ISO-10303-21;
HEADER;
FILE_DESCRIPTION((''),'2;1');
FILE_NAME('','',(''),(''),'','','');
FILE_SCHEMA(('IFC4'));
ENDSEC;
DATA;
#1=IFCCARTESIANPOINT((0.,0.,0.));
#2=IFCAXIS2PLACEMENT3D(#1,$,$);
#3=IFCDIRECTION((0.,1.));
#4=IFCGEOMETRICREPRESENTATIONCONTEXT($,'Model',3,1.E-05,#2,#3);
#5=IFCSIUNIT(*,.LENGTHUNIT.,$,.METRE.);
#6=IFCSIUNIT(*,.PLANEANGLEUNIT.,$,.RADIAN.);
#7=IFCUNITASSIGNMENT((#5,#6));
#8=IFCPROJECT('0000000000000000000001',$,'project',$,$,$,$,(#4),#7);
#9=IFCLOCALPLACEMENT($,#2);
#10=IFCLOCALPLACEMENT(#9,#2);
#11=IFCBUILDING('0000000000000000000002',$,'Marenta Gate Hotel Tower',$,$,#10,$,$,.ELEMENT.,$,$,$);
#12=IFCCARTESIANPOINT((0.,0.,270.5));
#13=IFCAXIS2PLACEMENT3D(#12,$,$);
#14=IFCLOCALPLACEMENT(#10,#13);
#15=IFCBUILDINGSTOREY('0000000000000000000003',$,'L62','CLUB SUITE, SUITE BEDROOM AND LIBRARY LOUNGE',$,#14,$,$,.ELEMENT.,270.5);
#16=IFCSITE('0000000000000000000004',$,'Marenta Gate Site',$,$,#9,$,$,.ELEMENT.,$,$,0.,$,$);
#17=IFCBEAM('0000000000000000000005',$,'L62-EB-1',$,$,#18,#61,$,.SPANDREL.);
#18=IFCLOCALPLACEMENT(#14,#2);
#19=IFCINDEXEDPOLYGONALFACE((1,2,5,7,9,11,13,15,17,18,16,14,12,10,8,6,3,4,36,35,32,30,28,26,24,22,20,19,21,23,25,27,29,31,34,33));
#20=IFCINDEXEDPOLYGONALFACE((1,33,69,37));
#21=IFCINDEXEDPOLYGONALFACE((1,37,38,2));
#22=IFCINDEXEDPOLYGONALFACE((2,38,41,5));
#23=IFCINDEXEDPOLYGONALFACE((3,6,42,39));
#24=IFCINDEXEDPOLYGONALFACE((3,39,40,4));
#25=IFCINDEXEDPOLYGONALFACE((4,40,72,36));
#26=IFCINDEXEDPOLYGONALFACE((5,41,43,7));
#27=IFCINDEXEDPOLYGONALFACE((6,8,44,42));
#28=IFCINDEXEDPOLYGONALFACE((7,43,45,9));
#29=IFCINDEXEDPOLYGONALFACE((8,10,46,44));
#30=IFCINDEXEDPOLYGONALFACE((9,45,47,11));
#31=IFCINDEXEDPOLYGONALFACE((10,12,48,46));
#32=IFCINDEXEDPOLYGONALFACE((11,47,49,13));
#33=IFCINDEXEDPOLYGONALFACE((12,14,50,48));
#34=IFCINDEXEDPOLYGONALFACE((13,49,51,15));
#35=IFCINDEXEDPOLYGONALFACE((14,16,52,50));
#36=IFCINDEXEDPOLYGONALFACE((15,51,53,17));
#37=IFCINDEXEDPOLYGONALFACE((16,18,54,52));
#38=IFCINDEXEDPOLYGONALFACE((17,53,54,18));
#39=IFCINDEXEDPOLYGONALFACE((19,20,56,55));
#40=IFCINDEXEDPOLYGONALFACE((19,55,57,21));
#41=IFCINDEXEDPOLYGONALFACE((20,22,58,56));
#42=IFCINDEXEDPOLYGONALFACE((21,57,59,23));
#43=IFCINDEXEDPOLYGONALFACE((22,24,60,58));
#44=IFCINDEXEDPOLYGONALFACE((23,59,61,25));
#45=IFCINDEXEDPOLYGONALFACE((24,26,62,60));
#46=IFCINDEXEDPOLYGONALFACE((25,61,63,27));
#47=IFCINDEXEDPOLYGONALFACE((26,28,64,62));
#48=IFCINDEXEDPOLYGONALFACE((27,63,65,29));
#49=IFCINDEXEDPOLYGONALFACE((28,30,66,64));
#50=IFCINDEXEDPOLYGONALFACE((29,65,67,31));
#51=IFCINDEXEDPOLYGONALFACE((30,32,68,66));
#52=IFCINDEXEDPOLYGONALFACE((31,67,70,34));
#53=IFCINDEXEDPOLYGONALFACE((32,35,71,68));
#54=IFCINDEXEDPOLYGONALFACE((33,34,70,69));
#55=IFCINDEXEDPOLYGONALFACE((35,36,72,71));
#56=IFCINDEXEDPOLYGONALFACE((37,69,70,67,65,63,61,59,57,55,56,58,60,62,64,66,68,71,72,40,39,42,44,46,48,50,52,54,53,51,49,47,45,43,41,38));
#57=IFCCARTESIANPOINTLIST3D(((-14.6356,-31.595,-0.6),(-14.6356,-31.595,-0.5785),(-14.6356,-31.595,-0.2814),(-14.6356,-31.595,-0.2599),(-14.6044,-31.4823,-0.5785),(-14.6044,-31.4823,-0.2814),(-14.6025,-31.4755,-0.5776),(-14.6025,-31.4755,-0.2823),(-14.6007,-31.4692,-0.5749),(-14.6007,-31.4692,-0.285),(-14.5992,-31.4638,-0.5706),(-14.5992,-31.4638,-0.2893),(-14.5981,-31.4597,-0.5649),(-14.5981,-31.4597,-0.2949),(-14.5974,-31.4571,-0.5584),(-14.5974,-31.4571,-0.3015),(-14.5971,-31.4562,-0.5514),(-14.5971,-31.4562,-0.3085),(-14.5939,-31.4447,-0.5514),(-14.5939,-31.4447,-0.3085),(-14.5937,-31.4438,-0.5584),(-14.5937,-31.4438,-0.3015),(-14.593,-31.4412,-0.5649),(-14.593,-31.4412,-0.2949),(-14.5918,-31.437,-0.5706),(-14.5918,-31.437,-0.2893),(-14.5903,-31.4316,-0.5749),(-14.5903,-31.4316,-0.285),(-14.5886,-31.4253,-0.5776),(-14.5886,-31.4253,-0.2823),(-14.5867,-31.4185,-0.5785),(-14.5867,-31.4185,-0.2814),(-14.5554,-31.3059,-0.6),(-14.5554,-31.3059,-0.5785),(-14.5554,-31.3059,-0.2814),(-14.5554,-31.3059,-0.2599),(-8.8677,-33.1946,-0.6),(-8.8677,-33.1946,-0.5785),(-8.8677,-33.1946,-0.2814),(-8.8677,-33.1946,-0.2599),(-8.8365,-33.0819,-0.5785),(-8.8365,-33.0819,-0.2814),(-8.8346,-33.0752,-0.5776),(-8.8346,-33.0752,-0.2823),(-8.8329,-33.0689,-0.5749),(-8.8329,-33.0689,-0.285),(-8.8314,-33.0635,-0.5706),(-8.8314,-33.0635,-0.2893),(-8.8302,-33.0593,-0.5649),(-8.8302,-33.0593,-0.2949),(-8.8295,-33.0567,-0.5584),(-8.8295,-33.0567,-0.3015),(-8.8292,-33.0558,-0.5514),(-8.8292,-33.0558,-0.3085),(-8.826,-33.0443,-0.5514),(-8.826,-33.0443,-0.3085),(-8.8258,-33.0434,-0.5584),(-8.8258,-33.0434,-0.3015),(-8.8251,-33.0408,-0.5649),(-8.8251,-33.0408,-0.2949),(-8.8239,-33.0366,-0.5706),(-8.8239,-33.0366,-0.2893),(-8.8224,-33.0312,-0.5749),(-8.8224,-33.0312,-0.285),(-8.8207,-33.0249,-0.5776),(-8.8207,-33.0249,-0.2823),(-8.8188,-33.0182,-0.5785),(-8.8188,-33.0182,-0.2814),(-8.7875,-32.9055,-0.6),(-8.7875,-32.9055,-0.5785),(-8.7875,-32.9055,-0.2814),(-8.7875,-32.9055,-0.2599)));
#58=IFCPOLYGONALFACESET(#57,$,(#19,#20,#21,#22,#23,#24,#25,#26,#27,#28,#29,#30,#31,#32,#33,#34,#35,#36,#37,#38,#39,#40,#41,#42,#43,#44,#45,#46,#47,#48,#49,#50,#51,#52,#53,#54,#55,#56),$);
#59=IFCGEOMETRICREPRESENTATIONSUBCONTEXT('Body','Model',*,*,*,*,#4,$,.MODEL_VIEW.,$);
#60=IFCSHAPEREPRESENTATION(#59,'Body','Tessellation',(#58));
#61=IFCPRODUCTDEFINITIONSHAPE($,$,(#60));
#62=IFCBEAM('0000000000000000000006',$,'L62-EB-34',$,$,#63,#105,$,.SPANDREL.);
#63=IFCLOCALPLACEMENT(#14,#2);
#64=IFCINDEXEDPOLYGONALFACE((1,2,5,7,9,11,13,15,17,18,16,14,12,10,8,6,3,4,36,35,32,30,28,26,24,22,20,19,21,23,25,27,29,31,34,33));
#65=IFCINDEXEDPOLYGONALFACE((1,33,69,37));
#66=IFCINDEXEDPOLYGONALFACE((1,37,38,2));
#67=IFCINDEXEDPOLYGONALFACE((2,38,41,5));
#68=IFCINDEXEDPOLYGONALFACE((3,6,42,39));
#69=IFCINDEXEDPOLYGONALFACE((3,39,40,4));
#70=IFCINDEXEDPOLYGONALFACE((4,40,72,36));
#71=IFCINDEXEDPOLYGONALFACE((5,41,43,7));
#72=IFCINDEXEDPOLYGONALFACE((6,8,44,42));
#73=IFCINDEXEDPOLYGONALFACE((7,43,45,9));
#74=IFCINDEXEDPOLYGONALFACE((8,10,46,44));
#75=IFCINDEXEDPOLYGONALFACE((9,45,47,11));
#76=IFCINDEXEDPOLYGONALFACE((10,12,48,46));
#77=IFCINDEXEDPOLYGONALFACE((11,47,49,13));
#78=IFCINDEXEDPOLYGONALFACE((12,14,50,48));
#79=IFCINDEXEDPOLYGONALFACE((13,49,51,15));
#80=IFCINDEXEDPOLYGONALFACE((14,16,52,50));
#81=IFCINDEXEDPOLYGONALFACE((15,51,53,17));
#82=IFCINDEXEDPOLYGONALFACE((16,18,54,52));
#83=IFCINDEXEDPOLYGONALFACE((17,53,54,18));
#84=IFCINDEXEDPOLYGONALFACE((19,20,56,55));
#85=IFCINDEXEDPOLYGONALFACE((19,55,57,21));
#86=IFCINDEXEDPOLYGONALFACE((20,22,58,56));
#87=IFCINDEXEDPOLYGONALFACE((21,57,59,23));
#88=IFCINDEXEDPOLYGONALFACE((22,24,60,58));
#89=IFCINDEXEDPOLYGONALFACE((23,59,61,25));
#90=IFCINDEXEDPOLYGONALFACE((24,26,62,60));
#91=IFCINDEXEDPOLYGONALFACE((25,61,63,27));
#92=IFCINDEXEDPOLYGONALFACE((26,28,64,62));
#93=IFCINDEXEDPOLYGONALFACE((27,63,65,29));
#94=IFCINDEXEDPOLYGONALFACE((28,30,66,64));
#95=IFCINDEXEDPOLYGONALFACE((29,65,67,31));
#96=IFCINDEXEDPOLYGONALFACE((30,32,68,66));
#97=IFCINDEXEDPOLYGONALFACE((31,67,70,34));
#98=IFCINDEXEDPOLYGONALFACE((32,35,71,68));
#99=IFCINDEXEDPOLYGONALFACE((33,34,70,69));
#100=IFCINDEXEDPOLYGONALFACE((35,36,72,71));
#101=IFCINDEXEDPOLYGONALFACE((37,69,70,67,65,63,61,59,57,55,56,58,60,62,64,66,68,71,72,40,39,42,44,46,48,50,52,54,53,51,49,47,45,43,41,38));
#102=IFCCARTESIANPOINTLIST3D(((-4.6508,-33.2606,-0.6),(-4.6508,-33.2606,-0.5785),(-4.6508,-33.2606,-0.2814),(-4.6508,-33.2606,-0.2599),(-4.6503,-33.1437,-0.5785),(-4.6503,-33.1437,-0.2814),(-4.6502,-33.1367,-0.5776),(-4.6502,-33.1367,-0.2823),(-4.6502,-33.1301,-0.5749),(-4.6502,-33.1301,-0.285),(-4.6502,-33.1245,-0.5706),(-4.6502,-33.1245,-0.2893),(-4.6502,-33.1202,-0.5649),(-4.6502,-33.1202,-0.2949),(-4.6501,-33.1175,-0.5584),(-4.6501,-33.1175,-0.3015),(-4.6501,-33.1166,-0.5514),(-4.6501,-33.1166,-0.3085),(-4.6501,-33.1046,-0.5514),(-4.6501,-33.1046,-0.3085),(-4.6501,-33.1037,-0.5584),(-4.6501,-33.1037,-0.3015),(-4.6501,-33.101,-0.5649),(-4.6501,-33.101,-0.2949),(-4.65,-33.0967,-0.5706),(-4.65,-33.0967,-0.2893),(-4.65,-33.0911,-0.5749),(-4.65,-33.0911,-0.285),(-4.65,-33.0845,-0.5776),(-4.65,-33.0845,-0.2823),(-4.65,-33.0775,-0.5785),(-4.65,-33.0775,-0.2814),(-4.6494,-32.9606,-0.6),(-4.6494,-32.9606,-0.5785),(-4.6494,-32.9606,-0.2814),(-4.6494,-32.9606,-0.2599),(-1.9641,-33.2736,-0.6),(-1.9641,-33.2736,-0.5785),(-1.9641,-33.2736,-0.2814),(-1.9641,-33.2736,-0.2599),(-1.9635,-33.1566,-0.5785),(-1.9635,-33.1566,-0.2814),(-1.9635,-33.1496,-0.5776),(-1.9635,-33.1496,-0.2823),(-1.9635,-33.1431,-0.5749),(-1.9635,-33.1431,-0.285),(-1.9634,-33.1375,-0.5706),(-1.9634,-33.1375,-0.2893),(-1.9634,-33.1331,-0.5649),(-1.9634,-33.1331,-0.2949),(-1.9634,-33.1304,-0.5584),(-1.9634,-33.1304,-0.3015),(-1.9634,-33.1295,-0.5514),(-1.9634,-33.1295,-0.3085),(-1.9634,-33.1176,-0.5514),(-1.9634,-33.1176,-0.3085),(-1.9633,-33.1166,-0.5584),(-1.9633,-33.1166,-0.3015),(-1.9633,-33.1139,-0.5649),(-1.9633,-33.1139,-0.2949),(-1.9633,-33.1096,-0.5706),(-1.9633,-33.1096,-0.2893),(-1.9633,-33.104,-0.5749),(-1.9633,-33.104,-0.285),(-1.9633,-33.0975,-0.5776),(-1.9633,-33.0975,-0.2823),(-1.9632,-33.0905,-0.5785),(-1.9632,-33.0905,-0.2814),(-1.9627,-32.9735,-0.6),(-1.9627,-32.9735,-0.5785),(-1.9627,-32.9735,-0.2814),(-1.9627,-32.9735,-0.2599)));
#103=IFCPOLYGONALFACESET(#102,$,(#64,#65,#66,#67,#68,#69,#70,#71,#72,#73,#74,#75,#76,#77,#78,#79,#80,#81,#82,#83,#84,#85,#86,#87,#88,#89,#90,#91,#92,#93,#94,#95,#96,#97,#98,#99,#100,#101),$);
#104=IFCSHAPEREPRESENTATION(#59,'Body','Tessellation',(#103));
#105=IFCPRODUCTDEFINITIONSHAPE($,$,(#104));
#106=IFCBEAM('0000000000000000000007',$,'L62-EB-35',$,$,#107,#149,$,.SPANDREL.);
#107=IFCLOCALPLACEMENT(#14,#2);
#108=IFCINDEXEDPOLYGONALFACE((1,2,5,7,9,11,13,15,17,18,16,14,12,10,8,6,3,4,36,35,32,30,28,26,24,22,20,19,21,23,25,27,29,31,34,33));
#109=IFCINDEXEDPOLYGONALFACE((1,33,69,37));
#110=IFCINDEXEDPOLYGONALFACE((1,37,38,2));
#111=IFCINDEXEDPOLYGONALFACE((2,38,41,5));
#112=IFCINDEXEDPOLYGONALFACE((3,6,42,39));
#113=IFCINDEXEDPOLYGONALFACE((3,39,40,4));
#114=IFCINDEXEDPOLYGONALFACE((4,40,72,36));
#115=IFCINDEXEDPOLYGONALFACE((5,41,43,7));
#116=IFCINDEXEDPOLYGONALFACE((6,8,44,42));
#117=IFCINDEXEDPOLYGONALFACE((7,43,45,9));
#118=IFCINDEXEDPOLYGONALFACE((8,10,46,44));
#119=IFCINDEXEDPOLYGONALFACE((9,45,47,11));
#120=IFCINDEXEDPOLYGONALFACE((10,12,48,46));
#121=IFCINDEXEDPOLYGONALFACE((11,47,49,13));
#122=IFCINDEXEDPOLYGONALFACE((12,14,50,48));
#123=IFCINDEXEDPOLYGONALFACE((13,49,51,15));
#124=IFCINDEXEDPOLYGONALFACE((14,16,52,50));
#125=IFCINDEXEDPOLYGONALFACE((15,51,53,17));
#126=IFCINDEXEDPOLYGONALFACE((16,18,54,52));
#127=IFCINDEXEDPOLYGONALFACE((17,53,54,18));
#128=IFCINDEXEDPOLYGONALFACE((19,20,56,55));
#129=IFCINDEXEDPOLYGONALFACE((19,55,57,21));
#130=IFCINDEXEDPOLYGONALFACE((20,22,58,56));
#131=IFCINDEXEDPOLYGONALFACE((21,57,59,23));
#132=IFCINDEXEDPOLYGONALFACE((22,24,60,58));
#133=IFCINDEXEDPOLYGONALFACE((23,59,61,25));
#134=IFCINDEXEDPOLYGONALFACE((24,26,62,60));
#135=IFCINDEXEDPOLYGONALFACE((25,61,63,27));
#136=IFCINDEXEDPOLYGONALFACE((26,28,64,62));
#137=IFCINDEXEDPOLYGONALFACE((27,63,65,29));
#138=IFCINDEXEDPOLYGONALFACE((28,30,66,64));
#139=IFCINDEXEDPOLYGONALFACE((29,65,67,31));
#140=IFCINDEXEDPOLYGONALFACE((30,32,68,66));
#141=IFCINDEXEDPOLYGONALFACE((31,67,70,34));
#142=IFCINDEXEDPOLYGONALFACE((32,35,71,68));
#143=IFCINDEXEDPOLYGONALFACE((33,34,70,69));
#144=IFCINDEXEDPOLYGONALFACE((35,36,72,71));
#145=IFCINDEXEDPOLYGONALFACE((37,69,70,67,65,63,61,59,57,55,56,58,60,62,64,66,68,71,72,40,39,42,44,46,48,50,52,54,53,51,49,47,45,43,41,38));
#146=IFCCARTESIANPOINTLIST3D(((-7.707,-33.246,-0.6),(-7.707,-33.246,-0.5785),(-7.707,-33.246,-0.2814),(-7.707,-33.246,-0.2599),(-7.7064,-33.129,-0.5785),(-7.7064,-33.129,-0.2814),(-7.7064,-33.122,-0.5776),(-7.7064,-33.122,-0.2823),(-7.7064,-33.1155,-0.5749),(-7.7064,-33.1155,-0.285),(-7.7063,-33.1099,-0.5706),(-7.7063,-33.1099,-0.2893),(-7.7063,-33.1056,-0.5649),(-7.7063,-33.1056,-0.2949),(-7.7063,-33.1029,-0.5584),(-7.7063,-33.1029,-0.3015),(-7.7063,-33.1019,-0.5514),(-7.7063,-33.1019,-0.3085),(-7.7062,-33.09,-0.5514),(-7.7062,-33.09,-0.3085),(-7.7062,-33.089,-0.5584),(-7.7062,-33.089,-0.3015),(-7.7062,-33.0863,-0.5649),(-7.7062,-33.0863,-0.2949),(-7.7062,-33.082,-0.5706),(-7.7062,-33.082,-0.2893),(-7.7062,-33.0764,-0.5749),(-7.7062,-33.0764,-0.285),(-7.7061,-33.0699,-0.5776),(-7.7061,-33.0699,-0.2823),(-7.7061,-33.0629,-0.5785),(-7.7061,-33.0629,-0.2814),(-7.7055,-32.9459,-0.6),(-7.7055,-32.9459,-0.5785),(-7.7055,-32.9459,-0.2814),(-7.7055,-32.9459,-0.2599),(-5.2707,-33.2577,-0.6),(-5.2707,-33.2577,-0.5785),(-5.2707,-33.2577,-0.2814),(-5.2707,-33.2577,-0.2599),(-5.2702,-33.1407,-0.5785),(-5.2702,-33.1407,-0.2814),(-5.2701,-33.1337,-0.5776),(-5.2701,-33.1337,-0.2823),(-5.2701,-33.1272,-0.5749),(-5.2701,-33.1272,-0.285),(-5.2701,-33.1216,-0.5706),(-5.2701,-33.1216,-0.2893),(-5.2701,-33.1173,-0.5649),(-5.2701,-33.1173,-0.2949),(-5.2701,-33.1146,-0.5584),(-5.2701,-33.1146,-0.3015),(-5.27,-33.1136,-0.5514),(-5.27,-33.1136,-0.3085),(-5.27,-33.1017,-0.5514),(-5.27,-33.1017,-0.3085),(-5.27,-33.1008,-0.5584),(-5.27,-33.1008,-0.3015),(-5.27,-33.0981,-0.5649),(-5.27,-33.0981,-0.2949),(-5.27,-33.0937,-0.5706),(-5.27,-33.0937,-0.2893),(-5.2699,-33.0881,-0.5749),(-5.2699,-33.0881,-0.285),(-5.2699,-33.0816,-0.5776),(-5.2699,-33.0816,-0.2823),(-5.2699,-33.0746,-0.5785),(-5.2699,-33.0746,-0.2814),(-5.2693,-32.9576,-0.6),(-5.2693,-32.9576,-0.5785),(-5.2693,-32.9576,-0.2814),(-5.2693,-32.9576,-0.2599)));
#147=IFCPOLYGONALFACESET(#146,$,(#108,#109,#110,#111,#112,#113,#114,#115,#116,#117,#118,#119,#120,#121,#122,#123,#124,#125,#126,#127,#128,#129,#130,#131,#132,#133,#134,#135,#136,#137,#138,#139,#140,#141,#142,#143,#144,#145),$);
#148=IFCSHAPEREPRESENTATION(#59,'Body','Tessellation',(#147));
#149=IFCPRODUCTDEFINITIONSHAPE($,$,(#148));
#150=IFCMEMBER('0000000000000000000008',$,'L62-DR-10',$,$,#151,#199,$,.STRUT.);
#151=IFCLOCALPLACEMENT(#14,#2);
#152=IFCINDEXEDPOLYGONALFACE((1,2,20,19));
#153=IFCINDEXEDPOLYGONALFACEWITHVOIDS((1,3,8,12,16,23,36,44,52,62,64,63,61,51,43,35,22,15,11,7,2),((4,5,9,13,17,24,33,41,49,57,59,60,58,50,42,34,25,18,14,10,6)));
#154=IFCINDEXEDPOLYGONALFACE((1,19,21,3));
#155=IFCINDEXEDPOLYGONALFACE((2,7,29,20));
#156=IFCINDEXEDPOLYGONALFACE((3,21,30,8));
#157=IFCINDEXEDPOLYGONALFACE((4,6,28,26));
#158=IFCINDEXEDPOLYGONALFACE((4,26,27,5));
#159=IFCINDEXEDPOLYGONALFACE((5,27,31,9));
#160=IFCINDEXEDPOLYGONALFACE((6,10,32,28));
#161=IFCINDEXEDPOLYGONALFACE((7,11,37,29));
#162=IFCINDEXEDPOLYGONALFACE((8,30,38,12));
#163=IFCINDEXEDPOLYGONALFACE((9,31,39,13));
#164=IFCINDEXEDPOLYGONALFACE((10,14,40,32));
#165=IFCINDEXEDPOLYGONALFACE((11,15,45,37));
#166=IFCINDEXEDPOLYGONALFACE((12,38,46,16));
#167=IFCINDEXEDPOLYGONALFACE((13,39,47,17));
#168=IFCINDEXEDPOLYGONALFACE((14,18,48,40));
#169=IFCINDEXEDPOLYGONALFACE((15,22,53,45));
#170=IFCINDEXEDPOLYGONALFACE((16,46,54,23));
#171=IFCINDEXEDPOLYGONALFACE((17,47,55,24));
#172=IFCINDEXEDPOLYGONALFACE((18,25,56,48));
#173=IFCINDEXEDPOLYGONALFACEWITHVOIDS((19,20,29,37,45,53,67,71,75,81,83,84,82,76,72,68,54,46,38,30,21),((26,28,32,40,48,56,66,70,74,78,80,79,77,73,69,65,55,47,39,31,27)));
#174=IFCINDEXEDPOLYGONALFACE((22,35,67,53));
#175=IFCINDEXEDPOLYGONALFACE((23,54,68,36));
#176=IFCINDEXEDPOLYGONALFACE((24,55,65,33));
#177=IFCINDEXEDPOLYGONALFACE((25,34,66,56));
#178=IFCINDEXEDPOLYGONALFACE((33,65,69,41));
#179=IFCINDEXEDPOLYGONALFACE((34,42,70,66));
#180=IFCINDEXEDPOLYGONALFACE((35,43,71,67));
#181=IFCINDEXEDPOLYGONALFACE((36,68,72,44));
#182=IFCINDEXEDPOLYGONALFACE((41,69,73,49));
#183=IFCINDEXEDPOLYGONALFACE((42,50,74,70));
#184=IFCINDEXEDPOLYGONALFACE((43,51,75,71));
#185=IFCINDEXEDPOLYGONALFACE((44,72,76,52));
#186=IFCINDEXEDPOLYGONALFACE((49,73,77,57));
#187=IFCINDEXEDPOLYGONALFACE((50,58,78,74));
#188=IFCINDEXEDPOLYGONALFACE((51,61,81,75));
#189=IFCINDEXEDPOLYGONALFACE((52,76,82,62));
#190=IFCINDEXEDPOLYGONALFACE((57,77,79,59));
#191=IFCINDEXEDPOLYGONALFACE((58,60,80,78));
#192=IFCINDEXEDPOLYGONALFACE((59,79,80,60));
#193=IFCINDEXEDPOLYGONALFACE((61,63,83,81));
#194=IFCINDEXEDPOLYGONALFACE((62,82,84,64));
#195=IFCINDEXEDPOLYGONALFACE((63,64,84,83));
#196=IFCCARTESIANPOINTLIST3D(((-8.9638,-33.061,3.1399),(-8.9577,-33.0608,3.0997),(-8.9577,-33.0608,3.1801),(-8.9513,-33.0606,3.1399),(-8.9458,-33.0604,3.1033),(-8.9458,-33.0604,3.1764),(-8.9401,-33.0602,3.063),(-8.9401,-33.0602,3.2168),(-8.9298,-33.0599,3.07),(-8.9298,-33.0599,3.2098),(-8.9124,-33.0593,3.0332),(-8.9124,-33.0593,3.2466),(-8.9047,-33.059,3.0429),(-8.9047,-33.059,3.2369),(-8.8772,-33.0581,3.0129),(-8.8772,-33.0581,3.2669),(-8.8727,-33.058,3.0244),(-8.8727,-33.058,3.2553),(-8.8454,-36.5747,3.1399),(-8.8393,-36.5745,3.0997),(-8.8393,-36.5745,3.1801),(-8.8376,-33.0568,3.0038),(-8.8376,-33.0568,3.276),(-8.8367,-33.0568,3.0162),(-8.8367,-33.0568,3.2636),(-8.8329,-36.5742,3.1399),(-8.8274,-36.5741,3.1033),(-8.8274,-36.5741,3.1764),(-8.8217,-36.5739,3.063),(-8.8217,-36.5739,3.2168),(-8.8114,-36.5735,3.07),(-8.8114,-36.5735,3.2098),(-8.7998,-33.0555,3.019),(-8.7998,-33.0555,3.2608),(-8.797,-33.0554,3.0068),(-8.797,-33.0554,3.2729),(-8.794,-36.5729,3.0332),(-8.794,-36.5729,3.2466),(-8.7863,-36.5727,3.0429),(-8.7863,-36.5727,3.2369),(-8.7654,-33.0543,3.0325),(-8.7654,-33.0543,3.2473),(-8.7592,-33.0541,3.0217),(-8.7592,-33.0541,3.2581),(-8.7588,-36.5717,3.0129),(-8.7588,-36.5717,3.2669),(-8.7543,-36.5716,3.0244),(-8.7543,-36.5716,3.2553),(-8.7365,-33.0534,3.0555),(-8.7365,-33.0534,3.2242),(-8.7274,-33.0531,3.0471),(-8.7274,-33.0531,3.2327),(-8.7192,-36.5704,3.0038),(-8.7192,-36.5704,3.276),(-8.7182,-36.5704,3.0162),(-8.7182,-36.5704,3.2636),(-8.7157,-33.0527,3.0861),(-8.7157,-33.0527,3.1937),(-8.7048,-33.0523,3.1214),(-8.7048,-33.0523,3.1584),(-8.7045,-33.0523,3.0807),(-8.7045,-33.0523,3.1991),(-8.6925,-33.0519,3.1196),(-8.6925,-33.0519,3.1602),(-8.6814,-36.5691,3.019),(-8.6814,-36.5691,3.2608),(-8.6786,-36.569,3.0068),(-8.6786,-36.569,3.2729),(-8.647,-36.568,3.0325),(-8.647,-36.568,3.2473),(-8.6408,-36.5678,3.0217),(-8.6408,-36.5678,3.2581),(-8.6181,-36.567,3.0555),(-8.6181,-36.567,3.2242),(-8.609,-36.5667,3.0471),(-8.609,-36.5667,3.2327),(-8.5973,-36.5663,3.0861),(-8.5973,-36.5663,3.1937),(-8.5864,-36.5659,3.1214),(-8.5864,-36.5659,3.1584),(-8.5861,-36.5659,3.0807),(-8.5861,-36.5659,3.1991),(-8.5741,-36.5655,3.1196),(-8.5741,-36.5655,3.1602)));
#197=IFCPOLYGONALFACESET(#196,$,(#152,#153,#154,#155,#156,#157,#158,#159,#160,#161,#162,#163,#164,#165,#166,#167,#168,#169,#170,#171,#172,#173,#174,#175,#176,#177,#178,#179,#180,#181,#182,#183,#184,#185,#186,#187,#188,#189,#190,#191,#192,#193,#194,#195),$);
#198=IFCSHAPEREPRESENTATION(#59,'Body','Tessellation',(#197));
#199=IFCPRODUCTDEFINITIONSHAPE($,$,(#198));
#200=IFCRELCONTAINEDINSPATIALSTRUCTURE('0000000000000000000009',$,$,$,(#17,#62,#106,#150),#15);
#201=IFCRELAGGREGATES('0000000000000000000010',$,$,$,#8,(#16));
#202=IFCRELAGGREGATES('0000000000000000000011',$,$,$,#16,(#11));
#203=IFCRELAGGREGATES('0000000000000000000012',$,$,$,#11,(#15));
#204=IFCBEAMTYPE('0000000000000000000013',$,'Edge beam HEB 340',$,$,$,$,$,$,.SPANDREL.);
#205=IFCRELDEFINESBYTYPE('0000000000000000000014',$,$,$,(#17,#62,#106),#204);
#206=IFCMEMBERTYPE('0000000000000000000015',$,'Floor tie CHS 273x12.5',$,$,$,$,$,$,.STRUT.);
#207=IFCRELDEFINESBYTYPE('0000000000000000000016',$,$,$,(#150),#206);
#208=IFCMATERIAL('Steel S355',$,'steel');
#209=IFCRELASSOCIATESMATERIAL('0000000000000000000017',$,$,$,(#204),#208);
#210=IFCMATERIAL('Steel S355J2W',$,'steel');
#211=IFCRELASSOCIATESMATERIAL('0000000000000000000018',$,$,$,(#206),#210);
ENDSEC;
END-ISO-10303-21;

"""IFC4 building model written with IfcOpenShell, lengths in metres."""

from ifc_helpers import new_model, si_unit, direction, frame, origin, origin_2d, place, context, subcontext, project, spatial, hollow_circle, i_section, extrude, material, material_profile, profile_set, type_object, element, save


model = new_model("IFC4")

# Units and contexts
model_context = context("Model", 3, precision=1e-05, world=origin(), true_north=direction((0.0, 1.0)))
body_context = subcontext(model_context, "Body", "Model", "MODEL_VIEW")
ifc_project = project(units=[si_unit("LENGTHUNIT", "METRE"), si_unit("PLANEANGLEUNIT", "RADIAN")], contexts=[model_context])

# Site, building, storey
site_placement = place(None, origin())
site = spatial("IfcSite", under=ifc_project, at=site_placement, Name="Marenta Gate Site", CompositionType="ELEMENT", RefElevation=0.0)
building_placement = place(site_placement, origin())
building = spatial("IfcBuilding", under=site, at=building_placement, Name="Marenta Gate Hotel Tower", CompositionType="ELEMENT")
storey_placement = place(building_placement, frame((0.0, 0.0, 270.5)))
storey = spatial("IfcBuildingStorey", under=building, at=storey_placement, Name="L62", Description="CLUB SUITE, SUITE BEDROOM AND LIBRARY LOUNGE", CompositionType="ELEMENT", Elevation=270.5)

# Beams
ifc_material_1 = material(Name="Steel S355", Category="steel")
ifc_material_profile_1 = material_profile(ifc_material_1, i_section(OverallWidth=0.3, OverallDepth=0.3401, WebThickness=0.012, FlangeThickness=0.0215, FilletRadius=0.0271, at=origin_2d()), Name="HEB 340")
ifc_profile_set_1 = profile_set([ifc_material_profile_1], Name="Steel S355")
beam_type = type_object("IfcBeamType", Name="Edge beam HEB 340", PredefinedType="SPANDREL", material=ifc_profile_set_1)
beam_1_placement = place(storey_placement, frame((-8.8276, -33.05, -0.4299), z_axis=(-0.963628, 0.267246, 0.0), x_axis=(-0.267246, -0.963628, 0.0)))
element("IfcBeam", 1, at=beam_1_placement, inside=storey, type_object=beam_type, Name="L62-EB-1", PredefinedType="SPANDREL", context=body_context, shape_type="SweptSolid", body=[
    extrude(i_section(OverallWidth=0.3, OverallDepth=0.3401, WebThickness=0.012, FlangeThickness=0.0215, FilletRadius=0.0271, at=origin_2d()), origin(), (0.0, 0.0, 1.0), 5.9856),
])
beam_2_placement = place(storey_placement, frame((-1.9634, -33.1235, -0.4299), z_axis=(-0.999988, 0.004816, 0.0), x_axis=(-0.004816, -0.999988, 0.0)))
element("IfcBeam", 2, at=beam_2_placement, inside=storey, type_object=beam_type, Name="L62-EB-34", PredefinedType="SPANDREL", context=body_context, shape_type="SweptSolid", body=[
    extrude(i_section(OverallWidth=0.3, OverallDepth=0.3401, WebThickness=0.012, FlangeThickness=0.0215, FilletRadius=0.0271, at=origin_2d()), origin(), (0.0, 0.0, 1.0), 2.6868),
])
beam_3_placement = place(storey_placement, frame((-5.27, -33.1077, -0.4299), z_axis=(-0.999988, 0.00481, 0.0), x_axis=(-0.00481, -0.999988, 0.0)))
element("IfcBeam", 3, at=beam_3_placement, inside=storey, type_object=beam_type, Name="L62-EB-35", PredefinedType="SPANDREL", context=body_context, shape_type="SweptSolid", body=[
    extrude(i_section(OverallWidth=0.3, OverallDepth=0.3401, WebThickness=0.012, FlangeThickness=0.0215, FilletRadius=0.0271, at=origin_2d()), origin(), (0.0, 0.0, 1.0), 2.4363),
])

# Member
ifc_material_2 = material(Name="Steel S355J2W", Category="steel")
ifc_material_profile_2 = material_profile(ifc_material_2, hollow_circle(Radius=0.1365, WallThickness=0.0125, at=origin_2d()), Name="CHS 273x12.5")
ifc_profile_set_2 = profile_set([ifc_material_profile_2], Name="Steel S355J2W")
member_type_1 = type_object("IfcMemberType", Name="Floor tie CHS 273x12.5", PredefinedType="STRUT", material=ifc_profile_set_2)
member_1_placement = place(storey_placement, frame((-8.709, -36.5701, 3.1399), z_axis=(-0.03368, 0.999433, 0.0), x_axis=(-0.999433, -0.03368, 0.0)))
element("IfcMember", 4, at=member_1_placement, inside=storey, type_object=member_type_1, Name="L62-DR-10", PredefinedType="STRUT", context=body_context, shape_type="SweptSolid", body=[
    extrude(hollow_circle(Radius=0.1365, WallThickness=0.0125, at=origin_2d()), origin(), (0.0, 0.0, 1.0), 3.5156),
])

save(model, "model.ifc")
